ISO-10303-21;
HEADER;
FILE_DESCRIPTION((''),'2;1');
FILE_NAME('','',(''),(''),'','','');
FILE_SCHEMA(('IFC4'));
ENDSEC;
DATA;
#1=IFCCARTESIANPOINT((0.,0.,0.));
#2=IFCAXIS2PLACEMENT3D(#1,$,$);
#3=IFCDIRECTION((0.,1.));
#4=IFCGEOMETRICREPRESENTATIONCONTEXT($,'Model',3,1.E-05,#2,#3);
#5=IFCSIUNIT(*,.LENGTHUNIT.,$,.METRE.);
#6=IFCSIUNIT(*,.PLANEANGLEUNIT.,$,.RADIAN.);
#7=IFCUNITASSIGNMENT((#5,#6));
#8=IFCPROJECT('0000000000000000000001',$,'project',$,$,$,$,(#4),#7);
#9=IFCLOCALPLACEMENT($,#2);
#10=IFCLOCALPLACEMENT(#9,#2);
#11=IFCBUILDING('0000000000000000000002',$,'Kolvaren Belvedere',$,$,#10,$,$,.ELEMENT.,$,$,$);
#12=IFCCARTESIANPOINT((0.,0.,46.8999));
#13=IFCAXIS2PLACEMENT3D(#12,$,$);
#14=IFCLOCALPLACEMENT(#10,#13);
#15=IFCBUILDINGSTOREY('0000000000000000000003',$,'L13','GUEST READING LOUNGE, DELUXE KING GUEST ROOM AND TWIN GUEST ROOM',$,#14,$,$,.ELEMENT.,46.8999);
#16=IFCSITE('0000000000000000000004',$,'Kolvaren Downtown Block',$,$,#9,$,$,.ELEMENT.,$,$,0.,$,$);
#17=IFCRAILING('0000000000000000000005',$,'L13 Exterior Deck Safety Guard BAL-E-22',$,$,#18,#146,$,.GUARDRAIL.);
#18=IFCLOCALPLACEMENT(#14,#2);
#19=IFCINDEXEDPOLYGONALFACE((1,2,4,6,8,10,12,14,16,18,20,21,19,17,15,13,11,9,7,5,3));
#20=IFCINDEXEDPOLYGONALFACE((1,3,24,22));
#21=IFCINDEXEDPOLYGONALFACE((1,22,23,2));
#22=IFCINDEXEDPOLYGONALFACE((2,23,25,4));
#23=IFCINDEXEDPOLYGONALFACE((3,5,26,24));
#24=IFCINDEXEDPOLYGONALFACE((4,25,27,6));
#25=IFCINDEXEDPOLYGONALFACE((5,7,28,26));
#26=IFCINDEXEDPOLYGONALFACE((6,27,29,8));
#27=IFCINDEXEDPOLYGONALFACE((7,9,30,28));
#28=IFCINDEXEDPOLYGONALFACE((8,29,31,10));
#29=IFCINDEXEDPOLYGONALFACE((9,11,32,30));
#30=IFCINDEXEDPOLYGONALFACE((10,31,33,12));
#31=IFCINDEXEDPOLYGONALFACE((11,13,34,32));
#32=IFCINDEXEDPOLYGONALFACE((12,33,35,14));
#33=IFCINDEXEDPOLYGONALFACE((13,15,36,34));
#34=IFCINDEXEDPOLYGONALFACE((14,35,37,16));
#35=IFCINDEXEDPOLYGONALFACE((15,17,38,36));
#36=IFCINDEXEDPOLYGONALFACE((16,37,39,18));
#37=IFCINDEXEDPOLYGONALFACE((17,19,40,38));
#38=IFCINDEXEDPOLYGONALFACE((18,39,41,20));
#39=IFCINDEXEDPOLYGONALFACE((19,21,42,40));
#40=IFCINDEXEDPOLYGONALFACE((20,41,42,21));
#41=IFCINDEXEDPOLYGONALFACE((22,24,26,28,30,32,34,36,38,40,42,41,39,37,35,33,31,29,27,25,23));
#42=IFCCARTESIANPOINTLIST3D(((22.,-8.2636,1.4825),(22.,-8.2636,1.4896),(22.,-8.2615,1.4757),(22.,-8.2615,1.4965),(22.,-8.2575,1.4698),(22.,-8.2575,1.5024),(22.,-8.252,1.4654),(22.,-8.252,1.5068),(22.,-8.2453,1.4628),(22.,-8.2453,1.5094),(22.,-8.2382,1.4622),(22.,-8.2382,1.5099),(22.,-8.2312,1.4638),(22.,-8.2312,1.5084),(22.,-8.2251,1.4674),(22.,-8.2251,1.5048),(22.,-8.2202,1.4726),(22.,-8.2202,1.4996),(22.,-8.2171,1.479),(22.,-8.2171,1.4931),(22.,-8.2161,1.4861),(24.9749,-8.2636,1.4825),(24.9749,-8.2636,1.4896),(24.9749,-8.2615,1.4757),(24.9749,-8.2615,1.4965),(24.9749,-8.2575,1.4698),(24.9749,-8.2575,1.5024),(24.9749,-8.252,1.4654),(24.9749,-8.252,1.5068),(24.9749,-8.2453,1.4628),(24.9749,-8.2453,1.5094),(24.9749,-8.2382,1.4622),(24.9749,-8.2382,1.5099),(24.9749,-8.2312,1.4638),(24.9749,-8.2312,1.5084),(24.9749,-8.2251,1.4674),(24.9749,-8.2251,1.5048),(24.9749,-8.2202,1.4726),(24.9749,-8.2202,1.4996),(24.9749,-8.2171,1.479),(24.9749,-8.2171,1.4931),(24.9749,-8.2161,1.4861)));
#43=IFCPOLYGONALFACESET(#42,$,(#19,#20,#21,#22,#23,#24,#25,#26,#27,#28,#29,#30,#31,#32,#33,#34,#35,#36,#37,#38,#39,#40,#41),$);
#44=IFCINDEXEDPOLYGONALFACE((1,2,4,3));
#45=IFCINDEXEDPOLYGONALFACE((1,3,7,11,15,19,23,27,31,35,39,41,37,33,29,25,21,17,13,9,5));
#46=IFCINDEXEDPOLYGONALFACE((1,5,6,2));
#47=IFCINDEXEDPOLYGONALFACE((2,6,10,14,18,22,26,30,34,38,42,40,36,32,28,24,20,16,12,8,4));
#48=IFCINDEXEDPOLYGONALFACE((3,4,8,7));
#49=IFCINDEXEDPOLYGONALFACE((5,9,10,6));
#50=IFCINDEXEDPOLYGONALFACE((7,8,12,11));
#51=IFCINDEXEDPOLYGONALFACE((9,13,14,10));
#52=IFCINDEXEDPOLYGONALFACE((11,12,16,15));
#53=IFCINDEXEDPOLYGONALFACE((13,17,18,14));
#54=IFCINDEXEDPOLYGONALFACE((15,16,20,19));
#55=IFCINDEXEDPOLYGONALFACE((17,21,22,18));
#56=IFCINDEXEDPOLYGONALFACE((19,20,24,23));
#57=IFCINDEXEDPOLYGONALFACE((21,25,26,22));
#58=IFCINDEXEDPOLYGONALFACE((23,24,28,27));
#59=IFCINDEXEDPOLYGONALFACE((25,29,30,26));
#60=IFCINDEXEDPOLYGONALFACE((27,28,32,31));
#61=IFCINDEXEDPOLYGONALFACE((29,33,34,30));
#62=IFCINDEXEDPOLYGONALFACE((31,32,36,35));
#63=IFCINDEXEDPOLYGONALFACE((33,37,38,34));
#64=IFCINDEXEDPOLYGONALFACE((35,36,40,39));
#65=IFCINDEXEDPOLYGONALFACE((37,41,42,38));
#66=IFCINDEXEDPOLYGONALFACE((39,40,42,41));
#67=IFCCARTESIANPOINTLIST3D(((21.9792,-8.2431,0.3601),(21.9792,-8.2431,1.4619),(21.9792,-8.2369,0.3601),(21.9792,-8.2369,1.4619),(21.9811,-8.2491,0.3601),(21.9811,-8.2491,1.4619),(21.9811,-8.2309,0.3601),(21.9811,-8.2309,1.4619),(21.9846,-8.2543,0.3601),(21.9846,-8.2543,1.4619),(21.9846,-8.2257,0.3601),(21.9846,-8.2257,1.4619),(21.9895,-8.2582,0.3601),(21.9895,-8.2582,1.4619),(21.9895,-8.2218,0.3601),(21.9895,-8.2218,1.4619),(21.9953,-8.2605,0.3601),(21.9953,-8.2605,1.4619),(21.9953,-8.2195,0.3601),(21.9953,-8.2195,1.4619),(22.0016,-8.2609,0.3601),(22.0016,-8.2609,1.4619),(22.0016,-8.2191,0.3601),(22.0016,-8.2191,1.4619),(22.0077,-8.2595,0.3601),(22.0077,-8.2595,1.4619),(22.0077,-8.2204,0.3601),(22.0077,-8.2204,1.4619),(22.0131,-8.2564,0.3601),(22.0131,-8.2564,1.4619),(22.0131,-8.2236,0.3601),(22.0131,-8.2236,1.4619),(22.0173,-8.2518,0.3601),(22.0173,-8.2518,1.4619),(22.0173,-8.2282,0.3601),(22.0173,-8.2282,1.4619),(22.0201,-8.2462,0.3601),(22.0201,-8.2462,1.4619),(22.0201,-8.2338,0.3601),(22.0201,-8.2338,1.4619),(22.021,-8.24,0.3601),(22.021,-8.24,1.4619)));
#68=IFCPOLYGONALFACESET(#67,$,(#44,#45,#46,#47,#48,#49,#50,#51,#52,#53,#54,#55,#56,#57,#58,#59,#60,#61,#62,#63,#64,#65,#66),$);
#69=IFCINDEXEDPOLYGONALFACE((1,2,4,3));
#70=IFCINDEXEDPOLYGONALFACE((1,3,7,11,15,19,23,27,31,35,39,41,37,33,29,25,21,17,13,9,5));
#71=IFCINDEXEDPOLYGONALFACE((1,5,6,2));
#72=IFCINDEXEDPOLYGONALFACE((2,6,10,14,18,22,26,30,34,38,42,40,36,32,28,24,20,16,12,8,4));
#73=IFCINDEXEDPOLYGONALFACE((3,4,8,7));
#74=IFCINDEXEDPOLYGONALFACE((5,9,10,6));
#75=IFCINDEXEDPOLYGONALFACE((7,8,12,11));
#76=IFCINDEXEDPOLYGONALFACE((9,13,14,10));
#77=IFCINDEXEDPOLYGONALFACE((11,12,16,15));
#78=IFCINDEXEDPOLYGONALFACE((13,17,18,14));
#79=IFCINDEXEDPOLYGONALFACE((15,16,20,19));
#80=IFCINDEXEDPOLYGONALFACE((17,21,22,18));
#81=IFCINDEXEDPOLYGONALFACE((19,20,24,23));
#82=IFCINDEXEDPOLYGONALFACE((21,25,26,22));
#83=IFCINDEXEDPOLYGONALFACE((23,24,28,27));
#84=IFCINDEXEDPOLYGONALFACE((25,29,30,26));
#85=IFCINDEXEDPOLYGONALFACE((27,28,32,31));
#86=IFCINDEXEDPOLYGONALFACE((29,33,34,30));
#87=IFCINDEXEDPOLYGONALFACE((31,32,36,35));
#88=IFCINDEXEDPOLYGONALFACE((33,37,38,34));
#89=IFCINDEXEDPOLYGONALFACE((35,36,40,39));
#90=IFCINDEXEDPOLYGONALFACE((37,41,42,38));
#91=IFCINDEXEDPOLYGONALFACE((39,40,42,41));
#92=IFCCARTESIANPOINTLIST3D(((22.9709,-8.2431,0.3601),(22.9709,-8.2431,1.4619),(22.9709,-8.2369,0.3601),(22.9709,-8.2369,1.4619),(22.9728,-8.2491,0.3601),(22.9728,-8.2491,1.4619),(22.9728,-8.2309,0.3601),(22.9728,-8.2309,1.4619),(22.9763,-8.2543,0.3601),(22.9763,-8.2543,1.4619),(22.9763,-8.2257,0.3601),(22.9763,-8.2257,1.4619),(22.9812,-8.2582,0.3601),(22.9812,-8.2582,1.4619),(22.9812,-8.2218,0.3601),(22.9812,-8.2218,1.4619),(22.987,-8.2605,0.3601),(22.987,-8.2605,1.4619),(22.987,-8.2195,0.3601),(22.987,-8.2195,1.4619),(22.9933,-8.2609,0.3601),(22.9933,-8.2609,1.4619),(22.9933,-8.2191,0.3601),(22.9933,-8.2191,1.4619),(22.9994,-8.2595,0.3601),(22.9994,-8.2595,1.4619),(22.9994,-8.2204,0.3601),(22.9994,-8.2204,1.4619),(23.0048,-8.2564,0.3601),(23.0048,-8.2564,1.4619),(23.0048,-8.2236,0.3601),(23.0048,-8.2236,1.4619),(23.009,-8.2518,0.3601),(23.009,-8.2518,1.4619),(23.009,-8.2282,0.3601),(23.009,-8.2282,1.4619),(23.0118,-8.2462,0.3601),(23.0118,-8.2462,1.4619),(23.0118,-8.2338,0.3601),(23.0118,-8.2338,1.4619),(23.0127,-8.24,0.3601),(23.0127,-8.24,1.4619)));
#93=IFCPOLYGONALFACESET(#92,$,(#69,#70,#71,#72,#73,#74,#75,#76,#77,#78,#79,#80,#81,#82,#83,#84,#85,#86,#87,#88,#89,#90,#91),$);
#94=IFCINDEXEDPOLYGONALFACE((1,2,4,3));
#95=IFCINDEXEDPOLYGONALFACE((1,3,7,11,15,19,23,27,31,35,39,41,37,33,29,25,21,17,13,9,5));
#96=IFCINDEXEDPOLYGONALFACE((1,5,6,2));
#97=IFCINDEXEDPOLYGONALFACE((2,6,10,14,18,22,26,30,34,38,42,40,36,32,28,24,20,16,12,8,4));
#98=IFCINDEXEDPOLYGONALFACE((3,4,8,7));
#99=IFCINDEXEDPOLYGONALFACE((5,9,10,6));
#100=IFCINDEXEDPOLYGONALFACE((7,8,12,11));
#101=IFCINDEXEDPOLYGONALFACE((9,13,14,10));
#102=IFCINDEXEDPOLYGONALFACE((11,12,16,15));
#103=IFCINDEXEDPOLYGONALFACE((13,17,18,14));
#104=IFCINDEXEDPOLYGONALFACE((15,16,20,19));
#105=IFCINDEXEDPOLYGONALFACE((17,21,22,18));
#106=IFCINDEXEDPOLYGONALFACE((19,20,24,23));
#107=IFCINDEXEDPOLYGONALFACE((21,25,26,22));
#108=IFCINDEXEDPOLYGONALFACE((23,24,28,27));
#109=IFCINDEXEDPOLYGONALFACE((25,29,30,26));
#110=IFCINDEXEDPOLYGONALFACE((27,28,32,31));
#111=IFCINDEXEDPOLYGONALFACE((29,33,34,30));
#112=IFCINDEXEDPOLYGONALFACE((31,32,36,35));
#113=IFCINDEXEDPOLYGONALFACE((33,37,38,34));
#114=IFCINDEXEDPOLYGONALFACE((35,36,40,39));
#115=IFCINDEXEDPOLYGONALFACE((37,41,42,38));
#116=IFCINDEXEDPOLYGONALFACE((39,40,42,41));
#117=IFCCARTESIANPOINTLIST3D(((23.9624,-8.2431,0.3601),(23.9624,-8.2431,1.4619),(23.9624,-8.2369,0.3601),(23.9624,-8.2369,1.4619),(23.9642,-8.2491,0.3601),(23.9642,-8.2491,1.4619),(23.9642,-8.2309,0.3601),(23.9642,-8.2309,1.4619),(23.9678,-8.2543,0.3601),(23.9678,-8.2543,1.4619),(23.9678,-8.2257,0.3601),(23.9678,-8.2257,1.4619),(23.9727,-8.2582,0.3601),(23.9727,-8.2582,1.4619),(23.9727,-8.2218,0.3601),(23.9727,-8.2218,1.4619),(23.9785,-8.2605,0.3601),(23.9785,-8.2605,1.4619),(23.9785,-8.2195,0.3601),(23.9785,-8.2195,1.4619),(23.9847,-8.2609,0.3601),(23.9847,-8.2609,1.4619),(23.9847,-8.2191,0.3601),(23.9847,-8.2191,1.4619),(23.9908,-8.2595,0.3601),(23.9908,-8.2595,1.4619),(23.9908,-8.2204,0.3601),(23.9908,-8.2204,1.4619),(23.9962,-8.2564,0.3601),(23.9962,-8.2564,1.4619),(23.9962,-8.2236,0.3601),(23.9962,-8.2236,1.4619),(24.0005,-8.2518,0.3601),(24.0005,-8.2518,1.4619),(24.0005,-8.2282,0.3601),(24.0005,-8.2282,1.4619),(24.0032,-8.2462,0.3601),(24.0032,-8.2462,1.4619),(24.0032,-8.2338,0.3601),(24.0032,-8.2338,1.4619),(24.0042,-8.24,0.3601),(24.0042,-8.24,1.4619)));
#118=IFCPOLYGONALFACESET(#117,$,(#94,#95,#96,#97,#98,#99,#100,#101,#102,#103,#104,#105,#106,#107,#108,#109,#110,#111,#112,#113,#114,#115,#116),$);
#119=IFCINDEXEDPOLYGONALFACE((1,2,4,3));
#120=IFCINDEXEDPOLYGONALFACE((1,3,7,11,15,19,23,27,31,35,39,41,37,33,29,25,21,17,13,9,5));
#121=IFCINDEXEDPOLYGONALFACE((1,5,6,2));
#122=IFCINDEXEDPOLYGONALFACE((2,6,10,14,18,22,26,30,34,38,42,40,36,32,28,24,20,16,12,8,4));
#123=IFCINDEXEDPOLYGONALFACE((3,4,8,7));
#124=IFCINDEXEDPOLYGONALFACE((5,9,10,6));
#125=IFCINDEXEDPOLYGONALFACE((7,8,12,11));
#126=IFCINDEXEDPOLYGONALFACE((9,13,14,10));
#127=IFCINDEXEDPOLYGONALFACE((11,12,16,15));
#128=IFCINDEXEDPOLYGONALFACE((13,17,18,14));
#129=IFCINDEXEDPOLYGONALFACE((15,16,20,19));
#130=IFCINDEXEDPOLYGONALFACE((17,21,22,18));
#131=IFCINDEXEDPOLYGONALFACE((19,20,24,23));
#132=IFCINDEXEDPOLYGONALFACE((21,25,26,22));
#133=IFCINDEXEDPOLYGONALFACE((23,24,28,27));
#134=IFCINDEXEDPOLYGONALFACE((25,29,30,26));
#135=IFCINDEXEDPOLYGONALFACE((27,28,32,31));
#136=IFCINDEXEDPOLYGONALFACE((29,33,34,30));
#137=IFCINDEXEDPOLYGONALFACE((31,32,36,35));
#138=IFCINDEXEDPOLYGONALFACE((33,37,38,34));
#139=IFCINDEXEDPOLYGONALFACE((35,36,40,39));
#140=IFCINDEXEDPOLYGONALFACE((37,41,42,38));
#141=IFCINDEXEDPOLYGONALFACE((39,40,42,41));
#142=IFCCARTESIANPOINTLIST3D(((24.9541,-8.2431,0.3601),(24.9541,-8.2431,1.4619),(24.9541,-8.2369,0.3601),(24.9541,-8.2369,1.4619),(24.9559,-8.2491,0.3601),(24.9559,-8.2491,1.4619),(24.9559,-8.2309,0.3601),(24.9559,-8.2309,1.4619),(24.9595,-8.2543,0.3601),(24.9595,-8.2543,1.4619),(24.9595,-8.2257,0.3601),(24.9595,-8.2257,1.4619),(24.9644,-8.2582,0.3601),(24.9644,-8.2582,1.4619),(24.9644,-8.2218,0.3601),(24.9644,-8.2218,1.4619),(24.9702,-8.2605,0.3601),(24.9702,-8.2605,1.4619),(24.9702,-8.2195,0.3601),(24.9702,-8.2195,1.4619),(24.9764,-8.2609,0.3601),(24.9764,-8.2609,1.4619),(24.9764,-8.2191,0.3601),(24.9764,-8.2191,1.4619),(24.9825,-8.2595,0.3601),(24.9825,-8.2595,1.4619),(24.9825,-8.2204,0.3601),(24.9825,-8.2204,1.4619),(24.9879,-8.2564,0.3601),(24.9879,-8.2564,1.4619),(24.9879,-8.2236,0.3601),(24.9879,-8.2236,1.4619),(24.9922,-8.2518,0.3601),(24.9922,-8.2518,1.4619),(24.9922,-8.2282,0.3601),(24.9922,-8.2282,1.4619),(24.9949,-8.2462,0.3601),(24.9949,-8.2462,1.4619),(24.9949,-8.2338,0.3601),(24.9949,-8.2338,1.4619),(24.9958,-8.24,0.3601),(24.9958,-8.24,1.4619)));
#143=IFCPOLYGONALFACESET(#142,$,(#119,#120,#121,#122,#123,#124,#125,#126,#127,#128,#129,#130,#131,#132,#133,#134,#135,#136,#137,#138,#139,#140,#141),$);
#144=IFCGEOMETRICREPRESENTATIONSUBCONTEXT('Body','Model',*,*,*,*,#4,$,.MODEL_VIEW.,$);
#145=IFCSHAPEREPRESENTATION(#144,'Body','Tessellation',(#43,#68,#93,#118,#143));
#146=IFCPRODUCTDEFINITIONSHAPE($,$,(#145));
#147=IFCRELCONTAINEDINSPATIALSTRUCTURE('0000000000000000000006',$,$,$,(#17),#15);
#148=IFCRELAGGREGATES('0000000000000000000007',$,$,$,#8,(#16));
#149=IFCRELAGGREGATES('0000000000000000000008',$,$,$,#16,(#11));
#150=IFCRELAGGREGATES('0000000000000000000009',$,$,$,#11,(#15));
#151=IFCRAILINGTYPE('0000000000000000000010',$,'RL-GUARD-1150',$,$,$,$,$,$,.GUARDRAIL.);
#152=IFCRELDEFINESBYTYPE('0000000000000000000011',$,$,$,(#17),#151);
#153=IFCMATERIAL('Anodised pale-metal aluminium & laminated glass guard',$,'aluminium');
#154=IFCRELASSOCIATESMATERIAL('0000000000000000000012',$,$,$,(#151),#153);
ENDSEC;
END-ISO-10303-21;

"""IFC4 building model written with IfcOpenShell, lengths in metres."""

from ifc_helpers import new_model, si_unit, direction, frame, origin, origin_2d, place, context, subcontext, project, spatial, circle, extrude, material, type_object, element, save


model = new_model("IFC4")

# Units and contexts
model_context = context("Model", 3, precision=1e-05, world=origin(), true_north=direction((0.0, 1.0)))
body_context = subcontext(model_context, "Body", "Model", "MODEL_VIEW")
ifc_project = project(units=[si_unit("LENGTHUNIT", "METRE"), si_unit("PLANEANGLEUNIT", "RADIAN")], contexts=[model_context])

# Site, building, storey
site_placement = place(None, origin())
site = spatial("IfcSite", under=ifc_project, at=site_placement, Name="Kolvaren Downtown Block", CompositionType="ELEMENT", RefElevation=0.0)
building_placement = place(site_placement, origin())
building = spatial("IfcBuilding", under=site, at=building_placement, Name="Kolvaren Belvedere", CompositionType="ELEMENT")
storey_placement = place(building_placement, frame((0.0, 0.0, 46.8999)))
storey = spatial("IfcBuildingStorey", under=building, at=storey_placement, Name="L13", Description="GUEST READING LOUNGE, DELUXE KING GUEST ROOM AND TWIN GUEST ROOM", CompositionType="ELEMENT", Elevation=46.8999)

# Railing
ifc_material_1 = material(Name="Anodised pale-metal aluminium & laminated glass guard", Category="aluminium")
railing_type = type_object("IfcRailingType", Name="RL-GUARD-1150", PredefinedType="GUARDRAIL", material=ifc_material_1)
railing_1_placement = place(storey_placement, frame((22.0, -8.24, 0.3601)))
element("IfcRailing", 1, at=railing_1_placement, inside=storey, type_object=railing_type, Name="L13 Exterior Deck Safety Guard BAL-E-22", PredefinedType="GUARDRAIL", context=body_context, shape_type="SweptSolid", body=[
    extrude(circle(Radius=0.0239, at=origin_2d()), frame((0.0, 0.0, 1.126), z_axis=(1.0, 0.0, 0.0), x_axis=(0.0, 1.0, 0.0)), (0.0, 0.0, 1.0), 2.9749),
    extrude(circle(Radius=0.021, at=origin_2d()), origin(), (0.0, 0.0, 1.0), 1.1018),
    extrude(circle(Radius=0.021, at=origin_2d()), frame((0.9917, 0.0, 0.0)), (0.0, 0.0, 1.0), 1.1018),
    extrude(circle(Radius=0.021, at=origin_2d()), frame((1.9832, 0.0, 0.0)), (0.0, 0.0, 1.0), 1.1018),
    extrude(circle(Radius=0.021, at=origin_2d()), frame((2.9749, 0.0, 0.0)), (0.0, 0.0, 1.0), 1.1018),
])

save(model, "model.ifc")
